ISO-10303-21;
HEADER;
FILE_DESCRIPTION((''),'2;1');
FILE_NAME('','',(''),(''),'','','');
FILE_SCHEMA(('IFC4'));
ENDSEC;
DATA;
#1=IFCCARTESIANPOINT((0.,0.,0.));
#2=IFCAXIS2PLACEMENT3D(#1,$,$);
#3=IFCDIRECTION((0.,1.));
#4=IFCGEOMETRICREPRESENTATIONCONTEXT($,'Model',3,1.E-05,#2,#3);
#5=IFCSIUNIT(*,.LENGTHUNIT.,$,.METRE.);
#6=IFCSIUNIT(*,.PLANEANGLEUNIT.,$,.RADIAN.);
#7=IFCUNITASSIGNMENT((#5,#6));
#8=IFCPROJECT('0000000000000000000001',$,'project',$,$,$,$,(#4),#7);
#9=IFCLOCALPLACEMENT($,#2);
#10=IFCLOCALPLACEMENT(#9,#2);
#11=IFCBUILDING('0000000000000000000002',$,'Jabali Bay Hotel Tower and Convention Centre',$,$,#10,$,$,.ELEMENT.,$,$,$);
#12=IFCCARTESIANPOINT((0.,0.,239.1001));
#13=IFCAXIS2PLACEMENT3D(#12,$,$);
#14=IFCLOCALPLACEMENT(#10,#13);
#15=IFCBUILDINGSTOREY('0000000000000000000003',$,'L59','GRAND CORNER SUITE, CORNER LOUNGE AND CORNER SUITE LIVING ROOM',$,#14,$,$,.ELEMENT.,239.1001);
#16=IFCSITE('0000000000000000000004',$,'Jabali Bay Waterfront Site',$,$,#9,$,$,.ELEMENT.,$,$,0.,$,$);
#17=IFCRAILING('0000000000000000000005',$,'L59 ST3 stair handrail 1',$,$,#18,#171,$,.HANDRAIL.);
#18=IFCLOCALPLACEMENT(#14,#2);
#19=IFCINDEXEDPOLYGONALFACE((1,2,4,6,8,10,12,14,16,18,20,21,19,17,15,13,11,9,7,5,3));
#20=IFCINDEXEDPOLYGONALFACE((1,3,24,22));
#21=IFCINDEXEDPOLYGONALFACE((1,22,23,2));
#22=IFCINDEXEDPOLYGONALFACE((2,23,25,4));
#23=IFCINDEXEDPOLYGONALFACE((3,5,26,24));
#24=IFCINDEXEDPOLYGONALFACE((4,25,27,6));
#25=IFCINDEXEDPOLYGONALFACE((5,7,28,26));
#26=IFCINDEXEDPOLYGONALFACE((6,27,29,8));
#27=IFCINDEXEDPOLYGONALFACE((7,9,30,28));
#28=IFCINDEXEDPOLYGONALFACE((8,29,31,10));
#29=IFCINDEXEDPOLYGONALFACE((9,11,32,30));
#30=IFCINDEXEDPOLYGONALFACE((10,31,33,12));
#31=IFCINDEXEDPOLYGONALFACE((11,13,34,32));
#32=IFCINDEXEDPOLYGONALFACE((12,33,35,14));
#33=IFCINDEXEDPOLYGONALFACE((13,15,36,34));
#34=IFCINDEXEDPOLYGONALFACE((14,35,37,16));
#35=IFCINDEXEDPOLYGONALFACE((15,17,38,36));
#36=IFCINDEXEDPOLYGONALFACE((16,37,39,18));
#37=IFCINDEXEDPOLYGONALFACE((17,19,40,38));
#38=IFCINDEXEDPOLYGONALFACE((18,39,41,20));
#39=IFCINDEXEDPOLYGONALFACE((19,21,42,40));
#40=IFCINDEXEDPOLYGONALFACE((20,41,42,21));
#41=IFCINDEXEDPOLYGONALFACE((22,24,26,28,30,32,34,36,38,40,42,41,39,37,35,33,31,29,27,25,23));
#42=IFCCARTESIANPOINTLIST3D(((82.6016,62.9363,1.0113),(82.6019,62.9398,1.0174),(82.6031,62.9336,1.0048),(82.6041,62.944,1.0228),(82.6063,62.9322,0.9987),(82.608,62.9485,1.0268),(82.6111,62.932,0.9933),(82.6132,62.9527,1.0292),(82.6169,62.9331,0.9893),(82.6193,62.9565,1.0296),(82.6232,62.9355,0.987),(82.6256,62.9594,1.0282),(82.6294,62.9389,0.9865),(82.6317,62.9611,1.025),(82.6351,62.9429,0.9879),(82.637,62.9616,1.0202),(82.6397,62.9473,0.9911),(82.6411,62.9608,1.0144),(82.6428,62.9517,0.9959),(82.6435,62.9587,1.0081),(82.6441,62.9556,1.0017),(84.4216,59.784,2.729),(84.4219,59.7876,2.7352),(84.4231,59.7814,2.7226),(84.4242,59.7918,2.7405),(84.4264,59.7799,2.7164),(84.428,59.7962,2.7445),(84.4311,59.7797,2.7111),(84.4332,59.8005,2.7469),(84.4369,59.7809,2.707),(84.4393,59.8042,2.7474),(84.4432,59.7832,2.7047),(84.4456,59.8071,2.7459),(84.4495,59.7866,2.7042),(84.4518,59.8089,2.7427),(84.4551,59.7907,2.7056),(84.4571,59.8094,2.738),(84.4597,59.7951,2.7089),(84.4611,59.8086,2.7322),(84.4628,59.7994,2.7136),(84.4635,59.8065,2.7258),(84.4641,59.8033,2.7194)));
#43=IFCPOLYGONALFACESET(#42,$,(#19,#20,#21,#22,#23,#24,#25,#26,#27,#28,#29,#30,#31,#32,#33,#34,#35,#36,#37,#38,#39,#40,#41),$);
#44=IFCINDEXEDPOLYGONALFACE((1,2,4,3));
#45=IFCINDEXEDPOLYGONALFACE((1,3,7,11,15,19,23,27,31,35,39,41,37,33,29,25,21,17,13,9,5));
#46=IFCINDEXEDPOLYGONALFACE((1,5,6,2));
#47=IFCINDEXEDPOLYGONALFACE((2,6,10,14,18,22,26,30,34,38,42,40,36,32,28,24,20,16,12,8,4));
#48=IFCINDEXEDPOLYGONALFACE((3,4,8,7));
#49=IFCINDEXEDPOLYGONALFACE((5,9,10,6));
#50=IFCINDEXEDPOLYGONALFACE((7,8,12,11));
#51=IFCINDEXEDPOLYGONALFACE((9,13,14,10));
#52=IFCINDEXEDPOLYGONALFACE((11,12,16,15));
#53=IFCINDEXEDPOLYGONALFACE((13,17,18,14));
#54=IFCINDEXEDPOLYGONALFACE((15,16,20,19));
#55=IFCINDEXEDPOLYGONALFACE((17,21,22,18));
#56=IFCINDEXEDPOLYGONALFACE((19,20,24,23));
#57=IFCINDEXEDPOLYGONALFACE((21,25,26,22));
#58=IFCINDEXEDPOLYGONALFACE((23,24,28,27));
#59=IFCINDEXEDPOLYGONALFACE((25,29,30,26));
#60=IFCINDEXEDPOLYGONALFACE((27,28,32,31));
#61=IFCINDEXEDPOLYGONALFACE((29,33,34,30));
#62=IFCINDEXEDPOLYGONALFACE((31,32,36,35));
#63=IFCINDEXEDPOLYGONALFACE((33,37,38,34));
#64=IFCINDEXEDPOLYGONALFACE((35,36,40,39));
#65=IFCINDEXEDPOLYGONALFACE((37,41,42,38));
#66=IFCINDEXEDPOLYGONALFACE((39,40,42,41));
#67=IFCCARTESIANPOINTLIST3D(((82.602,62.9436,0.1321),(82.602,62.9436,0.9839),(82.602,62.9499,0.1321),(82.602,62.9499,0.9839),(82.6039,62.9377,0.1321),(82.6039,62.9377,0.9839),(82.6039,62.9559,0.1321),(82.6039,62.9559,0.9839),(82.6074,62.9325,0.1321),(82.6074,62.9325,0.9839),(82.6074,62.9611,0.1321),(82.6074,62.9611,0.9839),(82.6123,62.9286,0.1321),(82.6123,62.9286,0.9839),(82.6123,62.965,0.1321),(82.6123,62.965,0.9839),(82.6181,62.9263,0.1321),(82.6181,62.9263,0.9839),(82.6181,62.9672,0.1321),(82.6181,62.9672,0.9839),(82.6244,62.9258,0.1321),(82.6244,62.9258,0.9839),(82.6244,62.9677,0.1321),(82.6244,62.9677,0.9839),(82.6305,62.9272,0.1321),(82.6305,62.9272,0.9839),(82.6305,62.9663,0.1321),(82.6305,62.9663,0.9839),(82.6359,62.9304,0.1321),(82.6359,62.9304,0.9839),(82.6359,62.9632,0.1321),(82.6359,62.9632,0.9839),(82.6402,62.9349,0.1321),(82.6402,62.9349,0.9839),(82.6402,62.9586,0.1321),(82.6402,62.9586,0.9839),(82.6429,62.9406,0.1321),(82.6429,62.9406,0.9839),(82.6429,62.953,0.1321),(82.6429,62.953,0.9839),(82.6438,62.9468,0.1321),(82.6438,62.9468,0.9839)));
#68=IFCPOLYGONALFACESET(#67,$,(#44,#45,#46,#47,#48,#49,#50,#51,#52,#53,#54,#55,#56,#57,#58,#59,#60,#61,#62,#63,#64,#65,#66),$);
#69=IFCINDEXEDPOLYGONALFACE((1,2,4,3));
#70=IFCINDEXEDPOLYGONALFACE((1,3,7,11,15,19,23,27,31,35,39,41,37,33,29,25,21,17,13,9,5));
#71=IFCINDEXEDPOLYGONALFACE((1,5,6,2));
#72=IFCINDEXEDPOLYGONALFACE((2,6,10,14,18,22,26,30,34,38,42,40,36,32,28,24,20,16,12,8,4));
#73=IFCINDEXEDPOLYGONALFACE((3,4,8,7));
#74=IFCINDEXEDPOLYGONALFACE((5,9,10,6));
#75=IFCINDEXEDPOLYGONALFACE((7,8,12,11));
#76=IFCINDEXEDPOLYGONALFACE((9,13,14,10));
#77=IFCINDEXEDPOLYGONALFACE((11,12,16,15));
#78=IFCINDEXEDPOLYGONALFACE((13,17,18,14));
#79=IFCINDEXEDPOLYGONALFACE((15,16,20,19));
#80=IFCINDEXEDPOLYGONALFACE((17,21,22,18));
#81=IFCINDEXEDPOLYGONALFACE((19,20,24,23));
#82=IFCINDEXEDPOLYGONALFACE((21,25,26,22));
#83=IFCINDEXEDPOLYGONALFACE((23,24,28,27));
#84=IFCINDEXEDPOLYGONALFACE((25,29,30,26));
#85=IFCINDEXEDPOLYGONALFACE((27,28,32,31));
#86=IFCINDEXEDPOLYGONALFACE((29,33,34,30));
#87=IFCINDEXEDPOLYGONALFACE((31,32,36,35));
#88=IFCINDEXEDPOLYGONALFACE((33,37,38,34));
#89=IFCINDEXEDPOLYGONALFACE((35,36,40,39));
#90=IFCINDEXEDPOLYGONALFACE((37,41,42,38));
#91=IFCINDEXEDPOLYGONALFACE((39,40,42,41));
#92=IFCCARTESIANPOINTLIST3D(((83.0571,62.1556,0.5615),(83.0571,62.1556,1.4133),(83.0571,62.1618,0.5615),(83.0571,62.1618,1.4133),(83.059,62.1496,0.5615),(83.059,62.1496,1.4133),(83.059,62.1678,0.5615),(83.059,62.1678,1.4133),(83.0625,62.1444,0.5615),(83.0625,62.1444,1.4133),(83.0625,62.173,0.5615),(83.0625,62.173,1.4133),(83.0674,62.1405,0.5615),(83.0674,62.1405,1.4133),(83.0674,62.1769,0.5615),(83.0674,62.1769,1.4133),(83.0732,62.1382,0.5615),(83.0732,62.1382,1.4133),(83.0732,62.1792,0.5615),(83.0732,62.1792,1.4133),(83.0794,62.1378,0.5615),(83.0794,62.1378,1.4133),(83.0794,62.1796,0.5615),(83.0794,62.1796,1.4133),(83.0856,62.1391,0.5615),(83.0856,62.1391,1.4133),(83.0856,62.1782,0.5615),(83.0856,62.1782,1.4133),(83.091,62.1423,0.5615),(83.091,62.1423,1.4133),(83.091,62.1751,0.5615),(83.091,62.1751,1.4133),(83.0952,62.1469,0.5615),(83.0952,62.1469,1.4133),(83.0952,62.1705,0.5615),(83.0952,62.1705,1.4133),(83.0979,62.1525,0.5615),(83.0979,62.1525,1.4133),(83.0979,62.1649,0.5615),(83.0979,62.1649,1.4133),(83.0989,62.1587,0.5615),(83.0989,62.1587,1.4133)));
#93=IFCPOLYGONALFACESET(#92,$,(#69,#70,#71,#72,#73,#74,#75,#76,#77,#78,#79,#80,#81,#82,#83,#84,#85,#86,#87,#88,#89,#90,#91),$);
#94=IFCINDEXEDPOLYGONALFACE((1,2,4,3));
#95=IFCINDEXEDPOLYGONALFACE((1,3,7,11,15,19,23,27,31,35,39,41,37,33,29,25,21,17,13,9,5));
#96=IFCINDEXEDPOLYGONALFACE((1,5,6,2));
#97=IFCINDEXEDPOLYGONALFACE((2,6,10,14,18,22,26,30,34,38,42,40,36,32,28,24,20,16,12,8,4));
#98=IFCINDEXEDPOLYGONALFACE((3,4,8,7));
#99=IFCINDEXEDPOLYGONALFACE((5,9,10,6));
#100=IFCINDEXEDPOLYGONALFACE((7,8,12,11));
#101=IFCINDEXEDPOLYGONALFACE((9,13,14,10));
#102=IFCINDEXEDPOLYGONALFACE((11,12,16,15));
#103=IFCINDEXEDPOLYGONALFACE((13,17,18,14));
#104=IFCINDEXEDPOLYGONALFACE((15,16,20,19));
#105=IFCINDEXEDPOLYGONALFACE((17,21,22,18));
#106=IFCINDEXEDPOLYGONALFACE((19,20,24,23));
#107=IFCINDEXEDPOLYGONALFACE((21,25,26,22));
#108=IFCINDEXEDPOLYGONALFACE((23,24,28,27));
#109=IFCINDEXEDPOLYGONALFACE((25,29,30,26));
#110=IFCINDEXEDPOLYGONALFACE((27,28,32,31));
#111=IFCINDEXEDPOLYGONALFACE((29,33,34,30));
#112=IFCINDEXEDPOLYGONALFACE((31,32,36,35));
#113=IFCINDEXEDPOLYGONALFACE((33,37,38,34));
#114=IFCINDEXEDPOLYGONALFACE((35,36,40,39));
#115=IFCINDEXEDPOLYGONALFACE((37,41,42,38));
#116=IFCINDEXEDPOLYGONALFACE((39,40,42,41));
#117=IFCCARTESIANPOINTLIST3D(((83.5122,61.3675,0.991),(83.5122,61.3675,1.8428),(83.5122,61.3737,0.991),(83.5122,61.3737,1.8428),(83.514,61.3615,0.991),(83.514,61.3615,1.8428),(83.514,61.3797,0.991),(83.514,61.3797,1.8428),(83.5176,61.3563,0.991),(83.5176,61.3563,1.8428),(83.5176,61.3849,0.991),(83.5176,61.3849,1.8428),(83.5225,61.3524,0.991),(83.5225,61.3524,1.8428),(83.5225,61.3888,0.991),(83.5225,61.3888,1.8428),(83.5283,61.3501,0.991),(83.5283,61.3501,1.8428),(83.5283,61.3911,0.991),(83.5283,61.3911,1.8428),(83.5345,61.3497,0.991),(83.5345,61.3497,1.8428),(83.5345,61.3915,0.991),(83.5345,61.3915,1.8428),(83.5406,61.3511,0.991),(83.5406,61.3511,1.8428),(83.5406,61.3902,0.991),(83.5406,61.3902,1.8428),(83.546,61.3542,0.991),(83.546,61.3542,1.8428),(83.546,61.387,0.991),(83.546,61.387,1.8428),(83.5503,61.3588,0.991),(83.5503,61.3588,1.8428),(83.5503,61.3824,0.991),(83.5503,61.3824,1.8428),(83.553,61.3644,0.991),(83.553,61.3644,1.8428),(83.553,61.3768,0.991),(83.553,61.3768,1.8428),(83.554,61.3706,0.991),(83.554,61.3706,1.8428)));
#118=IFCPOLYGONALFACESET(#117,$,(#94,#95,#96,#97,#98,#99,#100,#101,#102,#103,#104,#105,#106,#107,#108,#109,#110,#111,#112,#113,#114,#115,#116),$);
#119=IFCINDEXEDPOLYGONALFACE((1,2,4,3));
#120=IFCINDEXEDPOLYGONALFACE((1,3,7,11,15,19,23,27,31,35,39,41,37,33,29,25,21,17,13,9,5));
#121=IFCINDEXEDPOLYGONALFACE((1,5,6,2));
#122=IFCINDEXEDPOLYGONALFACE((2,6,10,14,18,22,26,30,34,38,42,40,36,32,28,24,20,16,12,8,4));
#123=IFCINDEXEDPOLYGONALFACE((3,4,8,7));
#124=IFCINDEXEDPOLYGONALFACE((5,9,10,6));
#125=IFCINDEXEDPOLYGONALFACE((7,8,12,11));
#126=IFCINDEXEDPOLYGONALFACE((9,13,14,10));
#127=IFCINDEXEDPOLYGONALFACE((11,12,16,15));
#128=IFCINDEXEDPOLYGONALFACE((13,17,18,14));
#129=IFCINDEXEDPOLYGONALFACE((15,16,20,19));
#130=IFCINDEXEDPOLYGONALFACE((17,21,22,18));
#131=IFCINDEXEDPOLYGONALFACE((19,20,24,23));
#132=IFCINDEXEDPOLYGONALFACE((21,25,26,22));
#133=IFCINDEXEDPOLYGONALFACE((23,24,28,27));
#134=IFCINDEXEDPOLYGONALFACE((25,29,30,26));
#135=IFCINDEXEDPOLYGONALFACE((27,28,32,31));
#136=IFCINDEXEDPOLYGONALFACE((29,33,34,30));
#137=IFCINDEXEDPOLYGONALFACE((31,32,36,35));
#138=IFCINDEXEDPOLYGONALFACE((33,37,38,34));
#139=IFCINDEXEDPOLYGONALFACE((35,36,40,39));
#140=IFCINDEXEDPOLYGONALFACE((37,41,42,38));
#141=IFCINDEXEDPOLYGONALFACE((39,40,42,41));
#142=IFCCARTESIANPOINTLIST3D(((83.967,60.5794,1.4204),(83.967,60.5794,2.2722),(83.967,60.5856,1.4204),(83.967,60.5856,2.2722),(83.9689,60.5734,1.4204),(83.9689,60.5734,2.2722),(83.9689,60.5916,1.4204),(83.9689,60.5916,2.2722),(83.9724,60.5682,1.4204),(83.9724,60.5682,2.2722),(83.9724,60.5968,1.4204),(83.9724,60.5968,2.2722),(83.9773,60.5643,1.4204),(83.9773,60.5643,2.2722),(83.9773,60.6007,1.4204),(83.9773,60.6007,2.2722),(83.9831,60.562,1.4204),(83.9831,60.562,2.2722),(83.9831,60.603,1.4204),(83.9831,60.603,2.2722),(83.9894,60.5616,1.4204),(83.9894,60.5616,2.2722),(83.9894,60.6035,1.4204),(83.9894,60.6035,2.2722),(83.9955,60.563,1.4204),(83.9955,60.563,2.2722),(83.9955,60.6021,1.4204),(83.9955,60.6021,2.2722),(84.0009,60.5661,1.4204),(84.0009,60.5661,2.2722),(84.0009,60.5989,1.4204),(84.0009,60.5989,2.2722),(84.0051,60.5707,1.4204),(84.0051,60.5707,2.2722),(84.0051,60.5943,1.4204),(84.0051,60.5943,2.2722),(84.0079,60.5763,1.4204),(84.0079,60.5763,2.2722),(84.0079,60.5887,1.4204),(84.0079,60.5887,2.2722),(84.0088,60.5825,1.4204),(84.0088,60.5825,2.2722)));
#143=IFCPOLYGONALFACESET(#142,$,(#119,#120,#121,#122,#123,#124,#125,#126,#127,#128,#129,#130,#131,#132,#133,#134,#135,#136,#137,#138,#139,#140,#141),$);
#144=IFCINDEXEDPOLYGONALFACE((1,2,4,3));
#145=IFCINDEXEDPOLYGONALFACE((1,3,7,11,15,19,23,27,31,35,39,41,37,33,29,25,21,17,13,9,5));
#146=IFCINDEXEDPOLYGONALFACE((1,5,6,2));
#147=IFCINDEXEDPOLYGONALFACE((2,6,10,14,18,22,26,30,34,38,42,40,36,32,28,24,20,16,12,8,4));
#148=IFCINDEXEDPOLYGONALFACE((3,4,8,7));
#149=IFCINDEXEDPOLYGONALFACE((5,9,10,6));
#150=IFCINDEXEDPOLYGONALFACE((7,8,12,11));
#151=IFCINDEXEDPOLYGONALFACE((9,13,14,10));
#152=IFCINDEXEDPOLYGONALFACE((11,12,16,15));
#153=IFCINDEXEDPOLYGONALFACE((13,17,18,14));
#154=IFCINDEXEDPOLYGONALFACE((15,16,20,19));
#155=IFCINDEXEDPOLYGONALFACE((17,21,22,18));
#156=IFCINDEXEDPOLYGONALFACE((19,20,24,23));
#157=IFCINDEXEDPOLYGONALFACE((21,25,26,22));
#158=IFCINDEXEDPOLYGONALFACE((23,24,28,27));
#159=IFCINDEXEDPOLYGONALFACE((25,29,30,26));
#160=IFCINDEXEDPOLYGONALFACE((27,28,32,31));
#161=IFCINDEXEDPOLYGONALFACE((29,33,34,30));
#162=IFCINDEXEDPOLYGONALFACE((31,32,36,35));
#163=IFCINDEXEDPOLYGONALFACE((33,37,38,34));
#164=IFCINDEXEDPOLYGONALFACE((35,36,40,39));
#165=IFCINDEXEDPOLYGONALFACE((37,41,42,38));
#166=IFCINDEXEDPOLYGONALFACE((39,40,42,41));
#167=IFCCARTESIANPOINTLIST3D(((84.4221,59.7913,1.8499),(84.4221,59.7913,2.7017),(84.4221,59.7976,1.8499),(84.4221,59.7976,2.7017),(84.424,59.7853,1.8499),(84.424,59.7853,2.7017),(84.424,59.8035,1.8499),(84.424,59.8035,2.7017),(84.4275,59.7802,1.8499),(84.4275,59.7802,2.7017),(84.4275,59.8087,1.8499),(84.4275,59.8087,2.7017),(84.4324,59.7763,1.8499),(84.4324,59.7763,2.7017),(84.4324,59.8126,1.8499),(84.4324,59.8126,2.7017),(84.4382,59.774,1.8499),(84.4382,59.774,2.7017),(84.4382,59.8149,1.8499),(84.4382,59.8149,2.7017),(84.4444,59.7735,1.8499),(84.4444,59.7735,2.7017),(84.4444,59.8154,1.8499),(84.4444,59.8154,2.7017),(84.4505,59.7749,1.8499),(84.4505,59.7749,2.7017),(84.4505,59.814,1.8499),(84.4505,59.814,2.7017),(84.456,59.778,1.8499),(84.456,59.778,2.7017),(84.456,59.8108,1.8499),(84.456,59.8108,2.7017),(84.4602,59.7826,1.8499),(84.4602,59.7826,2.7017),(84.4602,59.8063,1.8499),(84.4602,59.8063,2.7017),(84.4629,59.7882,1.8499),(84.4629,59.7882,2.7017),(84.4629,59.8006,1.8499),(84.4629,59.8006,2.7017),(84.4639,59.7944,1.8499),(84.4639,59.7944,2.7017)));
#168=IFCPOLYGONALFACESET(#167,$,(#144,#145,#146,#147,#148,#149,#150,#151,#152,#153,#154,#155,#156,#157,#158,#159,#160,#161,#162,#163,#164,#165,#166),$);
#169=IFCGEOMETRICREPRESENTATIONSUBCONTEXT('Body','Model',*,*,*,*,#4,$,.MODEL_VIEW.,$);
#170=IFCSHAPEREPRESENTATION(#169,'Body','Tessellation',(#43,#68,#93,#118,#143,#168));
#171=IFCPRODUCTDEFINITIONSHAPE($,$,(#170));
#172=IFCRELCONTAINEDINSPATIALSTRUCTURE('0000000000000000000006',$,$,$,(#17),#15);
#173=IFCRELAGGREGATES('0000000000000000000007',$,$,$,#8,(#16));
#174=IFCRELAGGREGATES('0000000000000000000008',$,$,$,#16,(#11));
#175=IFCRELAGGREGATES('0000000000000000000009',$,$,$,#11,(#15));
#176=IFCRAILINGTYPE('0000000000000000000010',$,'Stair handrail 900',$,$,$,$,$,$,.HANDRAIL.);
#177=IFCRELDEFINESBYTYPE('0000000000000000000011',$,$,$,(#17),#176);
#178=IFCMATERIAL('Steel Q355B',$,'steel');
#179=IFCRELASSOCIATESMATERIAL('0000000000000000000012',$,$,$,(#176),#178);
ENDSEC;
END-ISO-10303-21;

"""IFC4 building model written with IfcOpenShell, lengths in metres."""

from ifc_helpers import new_model, si_unit, direction, frame, origin, origin_2d, place, context, subcontext, project, spatial, circle, extrude, material, type_object, element, save


model = new_model("IFC4")

# Units and contexts
model_context = context("Model", 3, precision=1e-05, world=origin(), true_north=direction((0.0, 1.0)))
body_context = subcontext(model_context, "Body", "Model", "MODEL_VIEW")
ifc_project = project(units=[si_unit("LENGTHUNIT", "METRE"), si_unit("PLANEANGLEUNIT", "RADIAN")], contexts=[model_context])

# Site, building, storey
site_placement = place(None, origin())
site = spatial("IfcSite", under=ifc_project, at=site_placement, Name="Jabali Bay Waterfront Site", CompositionType="ELEMENT", RefElevation=0.0)
building_placement = place(site_placement, origin())
building = spatial("IfcBuilding", under=site, at=building_placement, Name="Jabali Bay Hotel Tower and Convention Centre", CompositionType="ELEMENT")
storey_placement = place(building_placement, frame((0.0, 0.0, 239.1001)))
storey = spatial("IfcBuildingStorey", under=building, at=storey_placement, Name="L59", Description="GRAND CORNER SUITE, CORNER LOUNGE AND CORNER SUITE LIVING ROOM", CompositionType="ELEMENT", Elevation=239.1001)

# Railing
ifc_material_1 = material(Name="Steel Q355B", Category="steel")
railing_type_1 = type_object("IfcRailingType", Name="Stair handrail 900", PredefinedType="HANDRAIL", material=ifc_material_1)
railing_1_placement = place(storey_placement, frame((82.6228, 62.9468, 0.1321)))
element("IfcRailing", 1, at=railing_1_placement, inside=storey, type_object=railing_type_1, Name="L59 ST3 stair handrail 1", PredefinedType="HANDRAIL", context=body_context, shape_type="SweptSolid", body=[
    extrude(circle(Radius=0.0239, at=origin_2d()), frame((0.0, 0.0, 0.876), z_axis=(0.45219, -0.78319, 0.426775), x_axis=(0.866018, 0.500013, 0.0)), (0.0, 0.0, 1.0), 4.0249),
    extrude(circle(Radius=0.021, at=origin_2d()), origin(), (0.0, 0.0, 1.0), 0.8518),
    extrude(circle(Radius=0.021, at=origin_2d()), frame((0.4551, -0.7881, 0.4294)), (0.0, 0.0, 1.0), 0.8518),
    extrude(circle(Radius=0.021, at=origin_2d()), frame((0.9102, -1.5762, 0.8589)), (0.0, 0.0, 1.0), 0.8518),
    extrude(circle(Radius=0.021, at=origin_2d()), frame((1.365, -2.3643, 1.2883)), (0.0, 0.0, 1.0), 0.8518),
    extrude(circle(Radius=0.021, at=origin_2d()), frame((1.8201, -3.1523, 1.7178)), (0.0, 0.0, 1.0), 0.8518),
])

save(model, "model.ifc")
